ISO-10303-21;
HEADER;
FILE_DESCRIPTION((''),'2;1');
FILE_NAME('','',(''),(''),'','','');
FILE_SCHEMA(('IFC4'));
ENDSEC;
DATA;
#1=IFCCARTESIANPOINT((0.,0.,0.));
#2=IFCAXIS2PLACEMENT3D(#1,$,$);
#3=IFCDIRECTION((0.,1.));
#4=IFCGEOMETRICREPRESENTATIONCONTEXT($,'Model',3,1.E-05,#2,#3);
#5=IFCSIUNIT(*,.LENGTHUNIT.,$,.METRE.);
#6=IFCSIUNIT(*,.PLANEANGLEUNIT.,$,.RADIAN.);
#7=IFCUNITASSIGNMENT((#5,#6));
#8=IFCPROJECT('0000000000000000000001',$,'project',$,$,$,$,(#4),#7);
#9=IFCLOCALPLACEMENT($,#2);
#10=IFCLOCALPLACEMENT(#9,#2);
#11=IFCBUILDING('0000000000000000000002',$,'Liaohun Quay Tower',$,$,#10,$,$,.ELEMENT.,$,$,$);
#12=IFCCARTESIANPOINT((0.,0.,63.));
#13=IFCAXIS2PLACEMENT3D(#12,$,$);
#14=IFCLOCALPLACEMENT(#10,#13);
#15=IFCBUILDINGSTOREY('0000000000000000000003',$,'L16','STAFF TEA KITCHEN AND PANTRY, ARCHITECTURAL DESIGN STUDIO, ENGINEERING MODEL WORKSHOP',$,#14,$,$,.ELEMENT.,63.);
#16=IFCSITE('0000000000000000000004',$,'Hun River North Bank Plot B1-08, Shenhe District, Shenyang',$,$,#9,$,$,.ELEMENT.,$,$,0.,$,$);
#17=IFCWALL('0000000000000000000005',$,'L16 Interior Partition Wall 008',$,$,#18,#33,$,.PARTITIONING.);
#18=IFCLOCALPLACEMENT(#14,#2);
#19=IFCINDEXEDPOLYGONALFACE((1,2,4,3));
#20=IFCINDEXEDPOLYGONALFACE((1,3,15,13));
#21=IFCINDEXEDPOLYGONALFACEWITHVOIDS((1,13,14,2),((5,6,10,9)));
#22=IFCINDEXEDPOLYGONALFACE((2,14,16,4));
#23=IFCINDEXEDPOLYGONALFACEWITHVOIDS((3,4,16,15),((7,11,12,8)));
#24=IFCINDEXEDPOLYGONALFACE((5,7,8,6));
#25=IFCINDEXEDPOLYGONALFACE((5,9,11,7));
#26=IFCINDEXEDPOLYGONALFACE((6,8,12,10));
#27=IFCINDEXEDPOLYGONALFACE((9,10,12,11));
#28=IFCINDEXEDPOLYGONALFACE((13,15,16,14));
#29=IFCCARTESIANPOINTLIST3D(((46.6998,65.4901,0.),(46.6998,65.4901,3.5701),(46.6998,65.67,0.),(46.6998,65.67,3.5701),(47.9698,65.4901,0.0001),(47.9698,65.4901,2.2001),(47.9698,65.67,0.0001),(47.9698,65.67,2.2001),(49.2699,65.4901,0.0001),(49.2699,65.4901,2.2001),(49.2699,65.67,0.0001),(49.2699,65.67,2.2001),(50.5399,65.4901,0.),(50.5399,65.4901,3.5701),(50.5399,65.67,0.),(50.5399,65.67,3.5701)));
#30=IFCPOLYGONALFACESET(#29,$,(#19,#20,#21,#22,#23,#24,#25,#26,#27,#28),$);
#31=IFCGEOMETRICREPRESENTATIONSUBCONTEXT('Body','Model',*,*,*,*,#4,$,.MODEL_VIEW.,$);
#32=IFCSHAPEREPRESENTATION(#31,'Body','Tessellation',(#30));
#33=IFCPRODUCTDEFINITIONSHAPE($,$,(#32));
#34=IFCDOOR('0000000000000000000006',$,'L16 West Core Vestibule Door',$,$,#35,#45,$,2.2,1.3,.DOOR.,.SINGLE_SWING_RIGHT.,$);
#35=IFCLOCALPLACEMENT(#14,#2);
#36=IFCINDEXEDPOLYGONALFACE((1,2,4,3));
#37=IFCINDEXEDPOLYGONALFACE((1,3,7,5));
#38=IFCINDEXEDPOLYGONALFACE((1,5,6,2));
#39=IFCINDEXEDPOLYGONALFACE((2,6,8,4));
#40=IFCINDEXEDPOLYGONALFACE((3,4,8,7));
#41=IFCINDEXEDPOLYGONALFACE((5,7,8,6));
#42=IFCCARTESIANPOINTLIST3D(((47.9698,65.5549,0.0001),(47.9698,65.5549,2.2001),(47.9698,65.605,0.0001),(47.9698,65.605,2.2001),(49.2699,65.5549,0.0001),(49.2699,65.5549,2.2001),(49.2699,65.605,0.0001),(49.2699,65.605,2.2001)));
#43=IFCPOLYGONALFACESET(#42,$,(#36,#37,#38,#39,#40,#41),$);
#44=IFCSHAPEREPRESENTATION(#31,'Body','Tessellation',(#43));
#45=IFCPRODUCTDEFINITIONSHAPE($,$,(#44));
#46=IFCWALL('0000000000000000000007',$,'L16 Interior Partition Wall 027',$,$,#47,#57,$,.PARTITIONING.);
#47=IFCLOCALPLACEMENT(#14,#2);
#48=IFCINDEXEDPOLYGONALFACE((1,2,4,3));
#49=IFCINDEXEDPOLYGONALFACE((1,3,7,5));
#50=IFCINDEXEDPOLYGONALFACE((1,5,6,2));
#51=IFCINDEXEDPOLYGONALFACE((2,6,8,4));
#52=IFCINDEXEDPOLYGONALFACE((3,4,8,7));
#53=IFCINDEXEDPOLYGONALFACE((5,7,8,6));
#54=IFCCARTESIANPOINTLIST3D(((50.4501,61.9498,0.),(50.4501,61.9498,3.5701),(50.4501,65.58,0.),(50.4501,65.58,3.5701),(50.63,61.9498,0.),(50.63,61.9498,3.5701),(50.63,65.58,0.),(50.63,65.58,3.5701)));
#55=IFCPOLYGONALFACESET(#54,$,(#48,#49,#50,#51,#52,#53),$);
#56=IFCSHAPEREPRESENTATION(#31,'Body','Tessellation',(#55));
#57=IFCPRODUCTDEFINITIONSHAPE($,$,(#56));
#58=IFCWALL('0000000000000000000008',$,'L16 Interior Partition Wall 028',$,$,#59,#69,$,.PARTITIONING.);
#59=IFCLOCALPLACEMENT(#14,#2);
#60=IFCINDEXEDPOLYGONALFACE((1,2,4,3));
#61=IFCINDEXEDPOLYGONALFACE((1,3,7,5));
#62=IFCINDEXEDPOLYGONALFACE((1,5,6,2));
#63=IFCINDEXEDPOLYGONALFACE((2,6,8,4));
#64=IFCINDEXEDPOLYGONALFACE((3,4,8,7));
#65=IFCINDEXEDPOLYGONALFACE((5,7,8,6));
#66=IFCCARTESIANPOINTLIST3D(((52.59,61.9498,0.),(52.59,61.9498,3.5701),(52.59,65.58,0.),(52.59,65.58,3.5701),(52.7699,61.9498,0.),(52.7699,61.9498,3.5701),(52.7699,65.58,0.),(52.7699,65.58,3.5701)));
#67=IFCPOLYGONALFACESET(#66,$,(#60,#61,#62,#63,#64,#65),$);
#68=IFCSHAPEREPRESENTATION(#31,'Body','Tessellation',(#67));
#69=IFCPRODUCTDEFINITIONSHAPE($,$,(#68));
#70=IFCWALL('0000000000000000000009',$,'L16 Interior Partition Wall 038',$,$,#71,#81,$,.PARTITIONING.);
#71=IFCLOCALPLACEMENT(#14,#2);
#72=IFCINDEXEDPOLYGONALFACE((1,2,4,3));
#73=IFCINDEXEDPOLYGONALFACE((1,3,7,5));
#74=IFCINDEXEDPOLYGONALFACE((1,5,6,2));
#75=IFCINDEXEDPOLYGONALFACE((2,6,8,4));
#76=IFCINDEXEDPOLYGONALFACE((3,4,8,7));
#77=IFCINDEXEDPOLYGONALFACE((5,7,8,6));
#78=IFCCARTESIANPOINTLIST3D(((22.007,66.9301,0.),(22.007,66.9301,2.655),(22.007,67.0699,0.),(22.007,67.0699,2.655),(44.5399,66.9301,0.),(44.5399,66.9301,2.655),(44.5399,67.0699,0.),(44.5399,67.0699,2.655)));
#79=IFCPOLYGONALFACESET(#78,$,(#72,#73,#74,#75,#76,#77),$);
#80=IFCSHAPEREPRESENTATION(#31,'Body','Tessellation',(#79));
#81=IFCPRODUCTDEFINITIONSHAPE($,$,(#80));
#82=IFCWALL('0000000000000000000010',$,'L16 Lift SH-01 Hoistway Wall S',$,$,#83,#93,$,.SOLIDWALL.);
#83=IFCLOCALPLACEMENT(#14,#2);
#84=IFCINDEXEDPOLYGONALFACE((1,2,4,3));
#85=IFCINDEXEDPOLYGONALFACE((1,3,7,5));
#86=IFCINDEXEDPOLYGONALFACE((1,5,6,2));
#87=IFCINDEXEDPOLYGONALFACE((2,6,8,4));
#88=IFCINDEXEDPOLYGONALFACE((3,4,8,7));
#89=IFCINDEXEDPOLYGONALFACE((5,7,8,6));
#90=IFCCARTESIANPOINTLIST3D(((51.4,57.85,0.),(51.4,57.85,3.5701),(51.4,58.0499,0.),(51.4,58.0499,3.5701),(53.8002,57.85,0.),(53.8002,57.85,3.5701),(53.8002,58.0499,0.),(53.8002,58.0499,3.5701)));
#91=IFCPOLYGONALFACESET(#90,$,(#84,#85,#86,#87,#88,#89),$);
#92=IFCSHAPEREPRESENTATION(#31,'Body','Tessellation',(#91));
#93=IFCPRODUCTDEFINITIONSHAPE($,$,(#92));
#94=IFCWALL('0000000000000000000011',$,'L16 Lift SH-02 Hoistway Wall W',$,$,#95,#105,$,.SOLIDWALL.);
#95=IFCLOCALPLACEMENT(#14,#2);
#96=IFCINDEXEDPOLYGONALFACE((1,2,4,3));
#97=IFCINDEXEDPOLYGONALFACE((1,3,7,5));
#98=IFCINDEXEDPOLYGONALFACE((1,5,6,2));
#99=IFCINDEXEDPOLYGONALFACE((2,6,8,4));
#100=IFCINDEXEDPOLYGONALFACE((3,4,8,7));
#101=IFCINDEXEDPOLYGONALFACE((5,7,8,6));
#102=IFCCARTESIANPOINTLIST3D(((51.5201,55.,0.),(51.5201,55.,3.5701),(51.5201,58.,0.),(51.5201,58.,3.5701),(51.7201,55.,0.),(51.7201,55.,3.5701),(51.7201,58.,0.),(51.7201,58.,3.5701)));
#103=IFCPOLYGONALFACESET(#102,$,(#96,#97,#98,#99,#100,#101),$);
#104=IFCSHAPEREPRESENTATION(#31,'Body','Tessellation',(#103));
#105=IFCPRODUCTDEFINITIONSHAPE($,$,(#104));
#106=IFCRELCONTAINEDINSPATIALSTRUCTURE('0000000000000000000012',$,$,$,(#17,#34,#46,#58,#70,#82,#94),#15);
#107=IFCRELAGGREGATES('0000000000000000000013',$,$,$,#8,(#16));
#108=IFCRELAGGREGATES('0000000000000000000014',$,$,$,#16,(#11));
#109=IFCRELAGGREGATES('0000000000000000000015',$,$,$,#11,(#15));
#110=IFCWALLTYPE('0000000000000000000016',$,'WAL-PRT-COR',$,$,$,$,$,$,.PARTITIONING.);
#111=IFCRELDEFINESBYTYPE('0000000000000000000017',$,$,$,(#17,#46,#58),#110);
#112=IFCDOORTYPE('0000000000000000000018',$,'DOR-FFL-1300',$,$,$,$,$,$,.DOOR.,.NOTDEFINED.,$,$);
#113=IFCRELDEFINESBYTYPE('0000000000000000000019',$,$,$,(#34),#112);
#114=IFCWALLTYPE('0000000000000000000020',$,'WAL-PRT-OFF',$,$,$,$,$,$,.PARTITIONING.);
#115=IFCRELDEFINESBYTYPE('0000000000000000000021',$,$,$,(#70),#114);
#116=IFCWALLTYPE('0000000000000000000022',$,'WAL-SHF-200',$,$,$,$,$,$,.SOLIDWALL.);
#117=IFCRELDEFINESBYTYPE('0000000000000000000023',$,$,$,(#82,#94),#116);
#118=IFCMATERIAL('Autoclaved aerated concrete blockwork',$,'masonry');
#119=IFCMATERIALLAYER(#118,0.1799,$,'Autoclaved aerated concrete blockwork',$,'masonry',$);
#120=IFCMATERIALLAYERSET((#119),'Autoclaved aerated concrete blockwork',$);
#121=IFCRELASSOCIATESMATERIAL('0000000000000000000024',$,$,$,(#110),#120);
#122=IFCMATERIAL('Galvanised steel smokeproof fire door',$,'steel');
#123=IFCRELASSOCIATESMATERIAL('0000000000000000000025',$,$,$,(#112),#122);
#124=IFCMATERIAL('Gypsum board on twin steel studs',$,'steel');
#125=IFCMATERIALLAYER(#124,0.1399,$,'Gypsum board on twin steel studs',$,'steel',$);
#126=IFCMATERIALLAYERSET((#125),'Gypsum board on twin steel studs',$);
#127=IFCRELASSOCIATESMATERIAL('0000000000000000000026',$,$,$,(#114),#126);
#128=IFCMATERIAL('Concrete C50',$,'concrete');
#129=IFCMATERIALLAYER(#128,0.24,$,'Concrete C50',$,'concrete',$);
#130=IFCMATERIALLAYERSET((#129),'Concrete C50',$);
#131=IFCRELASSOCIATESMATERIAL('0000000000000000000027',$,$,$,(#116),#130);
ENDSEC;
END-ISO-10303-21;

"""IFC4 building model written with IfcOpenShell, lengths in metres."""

from ifc_helpers import new_model, si_unit, direction, frame, frame_2d, origin, place, context, subcontext, project, spatial, rectangle, extrude, source, transform, mapped, material, layer, layer_set, type_object, element, fill, save


model = new_model("IFC4")

# Units and contexts
model_context = context("Model", 3, precision=1e-05, world=origin(), true_north=direction((0.0, 1.0)))
body_context = subcontext(model_context, "Body", "Model", "MODEL_VIEW")
ifc_project = project(units=[si_unit("LENGTHUNIT", "METRE"), si_unit("PLANEANGLEUNIT", "RADIAN")], contexts=[model_context])

# Site, building, storey
site_placement = place(None, origin())
site = spatial("IfcSite", under=ifc_project, at=site_placement, Name="Hun River North Bank Plot B1-08, Shenhe District, Shenyang", CompositionType="ELEMENT", RefElevation=0.0)
building_placement = place(site_placement, origin())
building = spatial("IfcBuilding", under=site, at=building_placement, Name="Liaohun Quay Tower", CompositionType="ELEMENT")
storey_placement = place(building_placement, frame((0.0, 0.0, 63.0)))
storey = spatial("IfcBuildingStorey", under=building, at=storey_placement, Name="L16", Description="STAFF TEA KITCHEN AND PANTRY, ARCHITECTURAL DESIGN STUDIO, ENGINEERING MODEL WORKSHOP", CompositionType="ELEMENT", Elevation=63.0)

# Wall, opening, door
ifc_material_1 = material(Name="Autoclaved aerated concrete blockwork", Category="masonry")
ifc_layer_1 = layer(ifc_material_1, 0.1799, Name="Autoclaved aerated concrete blockwork", Category="masonry")
ifc_layer_set_1 = layer_set([ifc_layer_1], Name="Autoclaved aerated concrete blockwork")
wall_type_1 = type_object("IfcWallType", Name="WAL-PRT-COR", PredefinedType="PARTITIONING", material=ifc_layer_set_1)
wall_1_placement = place(storey_placement, frame((46.7, 65.5801, 0.0), z_axis=(0.0, 0.0, 1.0), x_axis=(1.0, 0.0, 0.0)))
wall_1 = element("IfcWall", 1, at=wall_1_placement, inside=storey, type_object=wall_type_1, Name="L16 Interior Partition Wall 008", PredefinedType="PARTITIONING", context=body_context, shape_type="SweptSolid", body=[
    extrude(rectangle(XDim=3.8401, YDim=0.1799, at=frame_2d((1.9199, 0.0))), origin(), (0.0, 0.0, 1.0), 3.5701),
])
shared_shape_1 = source(origin(), body_context, "Body", "SweptSolid", [
    extrude(rectangle(XDim=1.3, YDim=2.2, at=frame_2d((0.6499, 1.1001))), frame((0.0, 0.0999, 0.0), z_axis=(0.0, -1.0, 0.0), x_axis=(1.0, 0.0, 0.0)), (0.0, 0.0, 1.0), 0.2),
])
opening_1_placement = place(wall_1_placement, frame((1.27, 0.0, 0.0)))
opening_1 = element("IfcOpeningElement", 2, at=opening_1_placement, cuts=wall_1, PredefinedType="OPENING", context=body_context, shape_type="MappedRepresentation", body=[
    mapped(shared_shape_1, transform((0.0, 0.0, 0.0), x_axis=(1.0, 0.0, 0.0), y_axis=(0.0, 1.0, 0.0), z_axis=(0.0, 0.0, 1.0), scale=1.0)),
])
ifc_material_2 = material(Name="Galvanised steel smokeproof fire door", Category="steel")
door_type_1 = type_object("IfcDoorType", Name="DOR-FFL-1300", OperationType="NOTDEFINED", PredefinedType="DOOR", material=ifc_material_2)
shared_shape_2 = source(origin(), body_context, "Body", "SweptSolid", [
    extrude(rectangle(XDim=1.3, YDim=2.2, at=frame_2d((0.6499, 1.1001))), frame((0.0, 0.0249, 0.0), z_axis=(0.0, -1.0, 0.0), x_axis=(1.0, 0.0, 0.0)), (0.0, 0.0, 1.0), 0.05),
])
door_1_placement = place(opening_1_placement, origin())
door_1 = element("IfcDoor", 3, at=door_1_placement, inside=storey, type_object=door_type_1, Name="L16 West Core Vestibule Door", OperationType="SINGLE_SWING_RIGHT", OverallHeight=2.2, OverallWidth=1.3, PredefinedType="DOOR", context=body_context, shape_type="MappedRepresentation", body=[
    mapped(shared_shape_2, transform((0.0, 0.0, 0.0), x_axis=(1.0, 0.0, 0.0), y_axis=(0.0, 1.0, 0.0), z_axis=(0.0, 0.0, 1.0), scale=1.0)),
])
fill(opening_1, door_1)

# Walls
for number, where, z_axis, x_axis, name in (
    (4, (50.54, 61.95, 0.0), (0.0, 0.0, 1.0), (0.0, 1.0, 0.0), "L16 Interior Partition Wall 027"),
    (5, (52.6799, 61.95, 0.0), (0.0, 0.0, 1.0), (0.0, 1.0, 0.0), "L16 Interior Partition Wall 028"),
):
    element("IfcWall", number, at=place(storey_placement, frame(where, z_axis=z_axis, x_axis=x_axis)), inside=storey, type_object=wall_type_1, Name=name, PredefinedType="PARTITIONING", context=body_context, shape_type="SweptSolid", body=[
        extrude(rectangle(XDim=3.6301, YDim=0.1799, at=frame_2d((1.8149, 0.0))), origin(), (0.0, 0.0, 1.0), 3.5701),
    ])
ifc_material_3 = material(Name="Gypsum board on twin steel studs", Category="steel")
ifc_layer_2 = layer(ifc_material_3, 0.1399, Name="Gypsum board on twin steel studs", Category="steel")
ifc_layer_set_2 = layer_set([ifc_layer_2], Name="Gypsum board on twin steel studs")
wall_type_2 = type_object("IfcWallType", Name="WAL-PRT-OFF", PredefinedType="PARTITIONING", material=ifc_layer_set_2)
wall_2_placement = place(storey_placement, frame((44.54, 67.0, 0.0), z_axis=(0.0, 0.0, 1.0), x_axis=(-1.0, 0.0, 0.0)))
element("IfcWall", 6, at=wall_2_placement, inside=storey, type_object=wall_type_2, Name="L16 Interior Partition Wall 038", PredefinedType="PARTITIONING", context=body_context, shape_type="SweptSolid", body=[
    extrude(rectangle(XDim=22.533, YDim=0.1399, at=frame_2d((11.2666, 0.0))), origin(), (0.0, 0.0, 1.0), 2.655),
])
ifc_material_4 = material(Name="Concrete C50", Category="concrete")
ifc_layer_3 = layer(ifc_material_4, 0.24, Name="Concrete C50", Category="concrete")
ifc_layer_set_3 = layer_set([ifc_layer_3], Name="Concrete C50")
wall_type_3 = type_object("IfcWallType", Name="WAL-SHF-200", PredefinedType="SOLIDWALL", material=ifc_layer_set_3)
wall_3_placement = place(storey_placement, frame((51.3999, 57.95, 0.0), z_axis=(0.0, 0.0, 1.0), x_axis=(1.0, 0.0, 0.0)))
element("IfcWall", 7, at=wall_3_placement, inside=storey, type_object=wall_type_3, Name="L16 Lift SH-01 Hoistway Wall S", PredefinedType="SOLIDWALL", context=body_context, shape_type="SweptSolid", body=[
    extrude(rectangle(XDim=2.4001, YDim=0.2, at=frame_2d((1.2002, 0.0))), origin(), (0.0, 0.0, 1.0), 3.5701),
])
wall_4_placement = place(storey_placement, frame((51.6201, 58.0, 0.0), z_axis=(0.0, 0.0, 1.0), x_axis=(0.0, -1.0, 0.0)))
element("IfcWall", 8, at=wall_4_placement, inside=storey, type_object=wall_type_3, Name="L16 Lift SH-02 Hoistway Wall W", PredefinedType="SOLIDWALL", context=body_context, shape_type="SweptSolid", body=[
    extrude(rectangle(XDim=3.0, YDim=0.2, at=frame_2d((1.5, 0.0))), origin(), (0.0, 0.0, 1.0), 3.5701),
])

save(model, "model.ifc")
